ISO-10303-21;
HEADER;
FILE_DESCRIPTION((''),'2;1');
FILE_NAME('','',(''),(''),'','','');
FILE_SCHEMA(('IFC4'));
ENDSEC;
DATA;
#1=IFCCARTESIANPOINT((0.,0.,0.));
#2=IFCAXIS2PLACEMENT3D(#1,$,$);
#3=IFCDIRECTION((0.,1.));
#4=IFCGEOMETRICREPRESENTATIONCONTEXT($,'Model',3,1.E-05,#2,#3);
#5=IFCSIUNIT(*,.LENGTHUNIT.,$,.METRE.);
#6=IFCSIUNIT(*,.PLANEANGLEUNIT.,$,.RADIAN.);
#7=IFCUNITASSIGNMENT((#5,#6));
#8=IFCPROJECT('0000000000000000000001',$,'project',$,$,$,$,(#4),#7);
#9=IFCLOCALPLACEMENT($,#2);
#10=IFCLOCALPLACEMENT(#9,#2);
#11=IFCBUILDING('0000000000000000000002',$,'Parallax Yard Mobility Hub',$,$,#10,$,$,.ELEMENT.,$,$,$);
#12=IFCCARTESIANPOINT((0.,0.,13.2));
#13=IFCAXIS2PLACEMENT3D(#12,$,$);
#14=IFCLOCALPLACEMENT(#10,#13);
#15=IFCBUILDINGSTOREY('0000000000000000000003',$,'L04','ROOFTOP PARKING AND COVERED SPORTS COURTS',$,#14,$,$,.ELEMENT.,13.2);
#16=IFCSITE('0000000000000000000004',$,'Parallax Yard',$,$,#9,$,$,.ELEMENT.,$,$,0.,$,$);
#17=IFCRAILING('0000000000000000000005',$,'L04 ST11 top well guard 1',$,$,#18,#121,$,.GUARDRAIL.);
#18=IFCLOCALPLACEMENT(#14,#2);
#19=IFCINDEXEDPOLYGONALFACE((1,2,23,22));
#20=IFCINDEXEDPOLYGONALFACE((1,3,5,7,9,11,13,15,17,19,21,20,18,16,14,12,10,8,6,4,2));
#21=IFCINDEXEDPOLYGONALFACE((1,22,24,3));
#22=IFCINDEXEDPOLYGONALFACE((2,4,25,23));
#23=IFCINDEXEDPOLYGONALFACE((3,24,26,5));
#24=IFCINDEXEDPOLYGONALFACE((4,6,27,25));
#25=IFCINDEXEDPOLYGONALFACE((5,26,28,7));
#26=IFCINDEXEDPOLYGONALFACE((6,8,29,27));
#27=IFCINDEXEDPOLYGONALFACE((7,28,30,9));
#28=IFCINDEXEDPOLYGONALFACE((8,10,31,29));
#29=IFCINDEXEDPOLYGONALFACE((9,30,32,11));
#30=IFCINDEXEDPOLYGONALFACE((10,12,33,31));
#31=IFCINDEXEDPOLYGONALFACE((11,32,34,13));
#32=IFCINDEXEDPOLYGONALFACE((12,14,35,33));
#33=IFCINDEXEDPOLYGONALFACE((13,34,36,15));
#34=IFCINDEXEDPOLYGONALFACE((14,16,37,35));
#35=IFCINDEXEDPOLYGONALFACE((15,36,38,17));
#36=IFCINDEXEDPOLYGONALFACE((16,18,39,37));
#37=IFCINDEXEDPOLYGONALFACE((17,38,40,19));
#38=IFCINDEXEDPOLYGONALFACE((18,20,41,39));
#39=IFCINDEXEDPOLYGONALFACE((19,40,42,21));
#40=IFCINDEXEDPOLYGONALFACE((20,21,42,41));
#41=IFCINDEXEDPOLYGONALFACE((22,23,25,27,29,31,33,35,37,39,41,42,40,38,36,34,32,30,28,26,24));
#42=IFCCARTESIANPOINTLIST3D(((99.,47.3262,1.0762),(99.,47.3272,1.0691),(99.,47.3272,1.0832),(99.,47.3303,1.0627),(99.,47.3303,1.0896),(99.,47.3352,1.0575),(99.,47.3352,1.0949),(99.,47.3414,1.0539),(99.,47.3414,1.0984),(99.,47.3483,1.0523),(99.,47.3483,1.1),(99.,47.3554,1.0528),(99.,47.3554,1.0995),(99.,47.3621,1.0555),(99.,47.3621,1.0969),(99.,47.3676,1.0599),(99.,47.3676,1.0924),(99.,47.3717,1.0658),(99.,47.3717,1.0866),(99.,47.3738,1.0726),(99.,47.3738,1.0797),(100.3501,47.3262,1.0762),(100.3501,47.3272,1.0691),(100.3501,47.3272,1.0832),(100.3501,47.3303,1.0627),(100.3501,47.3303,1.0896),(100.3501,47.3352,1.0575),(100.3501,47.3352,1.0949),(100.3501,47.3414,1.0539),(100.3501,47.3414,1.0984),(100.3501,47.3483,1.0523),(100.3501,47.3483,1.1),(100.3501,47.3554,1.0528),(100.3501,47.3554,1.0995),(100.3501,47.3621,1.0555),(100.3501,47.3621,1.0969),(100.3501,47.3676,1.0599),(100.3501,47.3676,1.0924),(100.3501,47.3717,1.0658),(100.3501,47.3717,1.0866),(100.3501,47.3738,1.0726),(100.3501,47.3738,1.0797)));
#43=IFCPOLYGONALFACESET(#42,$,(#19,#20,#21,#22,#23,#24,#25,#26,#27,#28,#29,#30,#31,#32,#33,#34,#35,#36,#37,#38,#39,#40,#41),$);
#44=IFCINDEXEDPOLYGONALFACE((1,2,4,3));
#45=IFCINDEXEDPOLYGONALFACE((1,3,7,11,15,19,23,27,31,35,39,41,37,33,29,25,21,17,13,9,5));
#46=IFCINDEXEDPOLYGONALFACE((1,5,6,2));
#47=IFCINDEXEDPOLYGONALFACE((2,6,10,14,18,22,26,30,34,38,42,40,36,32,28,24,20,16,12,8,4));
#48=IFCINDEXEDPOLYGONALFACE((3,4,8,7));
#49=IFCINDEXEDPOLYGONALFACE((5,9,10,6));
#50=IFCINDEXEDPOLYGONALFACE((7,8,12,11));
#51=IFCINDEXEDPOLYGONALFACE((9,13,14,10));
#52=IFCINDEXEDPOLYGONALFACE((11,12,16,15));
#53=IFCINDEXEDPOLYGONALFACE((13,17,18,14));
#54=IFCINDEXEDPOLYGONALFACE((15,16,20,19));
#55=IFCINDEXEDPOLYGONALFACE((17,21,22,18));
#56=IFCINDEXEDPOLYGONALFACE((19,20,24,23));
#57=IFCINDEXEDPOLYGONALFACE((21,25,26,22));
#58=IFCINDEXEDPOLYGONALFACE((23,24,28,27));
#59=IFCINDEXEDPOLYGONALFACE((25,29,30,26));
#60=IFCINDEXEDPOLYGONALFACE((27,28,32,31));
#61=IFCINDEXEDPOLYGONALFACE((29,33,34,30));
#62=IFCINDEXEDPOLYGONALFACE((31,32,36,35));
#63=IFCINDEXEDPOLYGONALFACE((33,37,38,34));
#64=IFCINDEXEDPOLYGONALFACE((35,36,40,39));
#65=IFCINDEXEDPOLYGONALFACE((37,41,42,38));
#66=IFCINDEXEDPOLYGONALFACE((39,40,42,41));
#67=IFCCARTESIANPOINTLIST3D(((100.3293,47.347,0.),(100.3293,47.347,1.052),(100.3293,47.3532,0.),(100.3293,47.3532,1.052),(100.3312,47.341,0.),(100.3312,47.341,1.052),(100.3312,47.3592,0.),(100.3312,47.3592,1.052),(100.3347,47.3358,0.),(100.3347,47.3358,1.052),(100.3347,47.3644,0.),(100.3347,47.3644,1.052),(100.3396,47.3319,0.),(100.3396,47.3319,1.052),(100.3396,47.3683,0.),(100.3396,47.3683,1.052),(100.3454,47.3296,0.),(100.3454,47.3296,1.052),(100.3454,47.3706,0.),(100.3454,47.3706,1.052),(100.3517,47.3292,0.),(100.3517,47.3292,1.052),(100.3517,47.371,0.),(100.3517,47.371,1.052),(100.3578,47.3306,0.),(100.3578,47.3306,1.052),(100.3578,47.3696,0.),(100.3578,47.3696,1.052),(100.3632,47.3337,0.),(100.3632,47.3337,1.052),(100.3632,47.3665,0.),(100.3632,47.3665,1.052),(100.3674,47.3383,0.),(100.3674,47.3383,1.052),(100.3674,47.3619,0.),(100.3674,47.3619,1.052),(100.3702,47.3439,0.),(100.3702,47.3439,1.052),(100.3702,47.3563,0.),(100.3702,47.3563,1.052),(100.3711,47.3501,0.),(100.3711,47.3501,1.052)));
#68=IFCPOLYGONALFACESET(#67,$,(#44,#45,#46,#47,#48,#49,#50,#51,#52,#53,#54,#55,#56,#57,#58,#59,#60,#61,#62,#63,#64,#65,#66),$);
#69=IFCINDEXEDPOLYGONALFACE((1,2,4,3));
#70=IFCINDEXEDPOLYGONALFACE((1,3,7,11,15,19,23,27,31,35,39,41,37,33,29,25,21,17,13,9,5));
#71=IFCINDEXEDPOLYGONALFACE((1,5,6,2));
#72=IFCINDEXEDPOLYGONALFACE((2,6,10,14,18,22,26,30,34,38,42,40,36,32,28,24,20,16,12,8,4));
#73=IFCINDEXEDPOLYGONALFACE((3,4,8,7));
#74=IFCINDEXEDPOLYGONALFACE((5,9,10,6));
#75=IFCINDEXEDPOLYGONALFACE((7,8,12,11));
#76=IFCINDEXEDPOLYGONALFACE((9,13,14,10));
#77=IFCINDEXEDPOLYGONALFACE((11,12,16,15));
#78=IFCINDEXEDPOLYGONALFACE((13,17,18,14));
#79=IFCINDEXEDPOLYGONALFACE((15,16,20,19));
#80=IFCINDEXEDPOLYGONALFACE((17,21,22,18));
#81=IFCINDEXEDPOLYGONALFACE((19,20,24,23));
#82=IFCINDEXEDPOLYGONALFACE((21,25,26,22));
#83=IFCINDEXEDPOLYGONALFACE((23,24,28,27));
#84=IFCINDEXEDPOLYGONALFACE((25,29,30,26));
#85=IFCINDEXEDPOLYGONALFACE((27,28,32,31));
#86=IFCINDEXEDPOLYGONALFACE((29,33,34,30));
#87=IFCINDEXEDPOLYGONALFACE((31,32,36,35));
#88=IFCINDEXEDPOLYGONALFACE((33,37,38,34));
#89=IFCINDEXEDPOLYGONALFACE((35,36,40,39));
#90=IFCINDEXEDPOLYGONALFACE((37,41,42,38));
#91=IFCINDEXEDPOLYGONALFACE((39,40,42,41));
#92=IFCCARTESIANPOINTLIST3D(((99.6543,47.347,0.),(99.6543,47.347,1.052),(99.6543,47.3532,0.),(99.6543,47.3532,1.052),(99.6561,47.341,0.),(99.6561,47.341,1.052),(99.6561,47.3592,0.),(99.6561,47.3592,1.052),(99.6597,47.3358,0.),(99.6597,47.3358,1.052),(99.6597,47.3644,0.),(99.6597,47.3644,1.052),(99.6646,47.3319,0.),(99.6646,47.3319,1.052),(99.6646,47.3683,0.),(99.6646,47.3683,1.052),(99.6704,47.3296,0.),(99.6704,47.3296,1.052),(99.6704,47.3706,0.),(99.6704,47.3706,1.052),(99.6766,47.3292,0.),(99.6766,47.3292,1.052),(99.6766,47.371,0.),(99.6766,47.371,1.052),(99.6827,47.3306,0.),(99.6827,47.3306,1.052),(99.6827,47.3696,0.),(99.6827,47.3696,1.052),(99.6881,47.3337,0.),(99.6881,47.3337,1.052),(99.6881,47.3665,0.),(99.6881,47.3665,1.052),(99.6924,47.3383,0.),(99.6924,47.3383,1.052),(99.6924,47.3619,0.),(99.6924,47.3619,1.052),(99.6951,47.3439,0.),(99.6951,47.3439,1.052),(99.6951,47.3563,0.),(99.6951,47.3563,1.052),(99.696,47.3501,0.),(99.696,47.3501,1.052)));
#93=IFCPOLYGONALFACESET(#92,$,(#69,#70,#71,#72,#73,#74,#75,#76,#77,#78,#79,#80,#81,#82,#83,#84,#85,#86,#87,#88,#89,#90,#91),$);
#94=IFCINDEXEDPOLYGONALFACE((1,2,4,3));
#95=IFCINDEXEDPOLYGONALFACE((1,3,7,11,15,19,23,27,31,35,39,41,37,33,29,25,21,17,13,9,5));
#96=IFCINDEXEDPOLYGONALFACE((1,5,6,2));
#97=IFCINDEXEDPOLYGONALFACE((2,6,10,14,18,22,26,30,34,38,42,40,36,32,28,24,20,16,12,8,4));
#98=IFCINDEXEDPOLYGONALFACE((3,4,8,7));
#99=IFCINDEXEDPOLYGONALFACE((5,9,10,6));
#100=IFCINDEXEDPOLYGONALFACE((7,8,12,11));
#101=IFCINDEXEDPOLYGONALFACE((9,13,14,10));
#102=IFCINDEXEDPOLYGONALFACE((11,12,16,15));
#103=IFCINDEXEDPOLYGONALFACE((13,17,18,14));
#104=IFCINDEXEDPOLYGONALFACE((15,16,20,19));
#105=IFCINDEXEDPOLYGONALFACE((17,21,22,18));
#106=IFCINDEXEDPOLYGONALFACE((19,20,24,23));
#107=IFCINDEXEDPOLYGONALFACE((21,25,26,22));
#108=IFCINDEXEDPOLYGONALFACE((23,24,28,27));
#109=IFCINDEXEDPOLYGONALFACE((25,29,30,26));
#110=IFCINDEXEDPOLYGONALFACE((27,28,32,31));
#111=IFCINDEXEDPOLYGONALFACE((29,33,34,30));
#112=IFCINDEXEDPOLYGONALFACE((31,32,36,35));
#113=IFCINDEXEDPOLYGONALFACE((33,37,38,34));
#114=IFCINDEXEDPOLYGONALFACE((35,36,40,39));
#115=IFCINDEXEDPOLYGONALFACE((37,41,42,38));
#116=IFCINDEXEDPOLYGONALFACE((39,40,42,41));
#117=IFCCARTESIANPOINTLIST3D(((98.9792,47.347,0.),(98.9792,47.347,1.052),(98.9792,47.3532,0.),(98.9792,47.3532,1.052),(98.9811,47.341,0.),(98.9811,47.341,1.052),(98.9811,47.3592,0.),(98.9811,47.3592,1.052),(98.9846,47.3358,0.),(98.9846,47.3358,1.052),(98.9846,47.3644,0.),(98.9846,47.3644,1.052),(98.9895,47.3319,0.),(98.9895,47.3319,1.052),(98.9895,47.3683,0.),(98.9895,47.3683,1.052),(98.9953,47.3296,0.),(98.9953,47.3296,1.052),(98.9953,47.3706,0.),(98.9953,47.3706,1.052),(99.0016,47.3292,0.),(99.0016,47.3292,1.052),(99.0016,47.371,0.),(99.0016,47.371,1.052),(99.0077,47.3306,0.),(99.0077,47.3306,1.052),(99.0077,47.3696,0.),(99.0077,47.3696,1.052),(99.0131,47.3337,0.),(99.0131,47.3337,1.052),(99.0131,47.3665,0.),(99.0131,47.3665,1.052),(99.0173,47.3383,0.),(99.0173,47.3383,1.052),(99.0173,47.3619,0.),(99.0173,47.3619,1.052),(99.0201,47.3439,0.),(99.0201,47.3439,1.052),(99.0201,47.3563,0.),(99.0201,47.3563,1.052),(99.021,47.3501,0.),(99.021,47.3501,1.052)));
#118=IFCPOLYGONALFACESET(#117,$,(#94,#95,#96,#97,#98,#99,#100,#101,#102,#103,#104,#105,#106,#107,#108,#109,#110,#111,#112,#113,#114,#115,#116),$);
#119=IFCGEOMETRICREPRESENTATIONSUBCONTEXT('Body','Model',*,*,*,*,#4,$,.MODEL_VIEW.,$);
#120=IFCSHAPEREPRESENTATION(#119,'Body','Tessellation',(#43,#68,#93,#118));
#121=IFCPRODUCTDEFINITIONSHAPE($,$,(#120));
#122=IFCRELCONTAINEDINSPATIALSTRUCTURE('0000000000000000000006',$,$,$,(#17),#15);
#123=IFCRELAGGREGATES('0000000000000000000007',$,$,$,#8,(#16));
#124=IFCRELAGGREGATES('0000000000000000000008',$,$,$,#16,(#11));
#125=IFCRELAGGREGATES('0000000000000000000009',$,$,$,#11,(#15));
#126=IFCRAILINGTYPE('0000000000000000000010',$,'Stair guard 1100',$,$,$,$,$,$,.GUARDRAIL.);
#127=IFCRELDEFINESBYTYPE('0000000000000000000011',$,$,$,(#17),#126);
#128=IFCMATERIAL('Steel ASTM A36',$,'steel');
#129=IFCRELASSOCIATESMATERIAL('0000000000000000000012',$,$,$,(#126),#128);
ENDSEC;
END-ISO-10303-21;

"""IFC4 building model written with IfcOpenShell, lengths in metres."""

from ifc_helpers import new_model, si_unit, direction, frame, origin, origin_2d, place, context, subcontext, project, spatial, circle, extrude, material, type_object, element, save


model = new_model("IFC4")

# Units and contexts
model_context = context("Model", 3, precision=1e-05, world=origin(), true_north=direction((0.0, 1.0)))
body_context = subcontext(model_context, "Body", "Model", "MODEL_VIEW")
ifc_project = project(units=[si_unit("LENGTHUNIT", "METRE"), si_unit("PLANEANGLEUNIT", "RADIAN")], contexts=[model_context])

# Site, building, storey
site_placement = place(None, origin())
site = spatial("IfcSite", under=ifc_project, at=site_placement, Name="Parallax Yard", CompositionType="ELEMENT", RefElevation=0.0)
building_placement = place(site_placement, origin())
building = spatial("IfcBuilding", under=site, at=building_placement, Name="Parallax Yard Mobility Hub", CompositionType="ELEMENT")
storey_placement = place(building_placement, frame((0.0, 0.0, 13.2)))
storey = spatial("IfcBuildingStorey", under=building, at=storey_placement, Name="L04", Description="ROOFTOP PARKING AND COVERED SPORTS COURTS", CompositionType="ELEMENT", Elevation=13.2)

# Railing
ifc_material_1 = material(Name="Steel ASTM A36", Category="steel")
railing_type = type_object("IfcRailingType", Name="Stair guard 1100", PredefinedType="GUARDRAIL", material=ifc_material_1)
railing_placement = place(storey_placement, frame((100.3501, 47.3501, 0.0)))
element("IfcRailing", 1, at=railing_placement, inside=storey, type_object=railing_type, Name="L04 ST11 top well guard 1", PredefinedType="GUARDRAIL", context=body_context, shape_type="SweptSolid", body=[
    extrude(circle(Radius=0.0239, at=origin_2d()), frame((0.0, 0.0, 1.0762), z_axis=(-1.0, 0.0, 0.0), x_axis=(0.0, -1.0, 0.0)), (0.0, 0.0, 1.0), 1.3501),
    extrude(circle(Radius=0.021, at=origin_2d()), origin(), (0.0, 0.0, 1.0), 1.052),
    extrude(circle(Radius=0.021, at=origin_2d()), frame((-0.675, 0.0, 0.0)), (0.0, 0.0, 1.0), 1.052),
    extrude(circle(Radius=0.021, at=origin_2d()), frame((-1.3501, 0.0, 0.0)), (0.0, 0.0, 1.0), 1.052),
])

save(model, "model.ifc")
